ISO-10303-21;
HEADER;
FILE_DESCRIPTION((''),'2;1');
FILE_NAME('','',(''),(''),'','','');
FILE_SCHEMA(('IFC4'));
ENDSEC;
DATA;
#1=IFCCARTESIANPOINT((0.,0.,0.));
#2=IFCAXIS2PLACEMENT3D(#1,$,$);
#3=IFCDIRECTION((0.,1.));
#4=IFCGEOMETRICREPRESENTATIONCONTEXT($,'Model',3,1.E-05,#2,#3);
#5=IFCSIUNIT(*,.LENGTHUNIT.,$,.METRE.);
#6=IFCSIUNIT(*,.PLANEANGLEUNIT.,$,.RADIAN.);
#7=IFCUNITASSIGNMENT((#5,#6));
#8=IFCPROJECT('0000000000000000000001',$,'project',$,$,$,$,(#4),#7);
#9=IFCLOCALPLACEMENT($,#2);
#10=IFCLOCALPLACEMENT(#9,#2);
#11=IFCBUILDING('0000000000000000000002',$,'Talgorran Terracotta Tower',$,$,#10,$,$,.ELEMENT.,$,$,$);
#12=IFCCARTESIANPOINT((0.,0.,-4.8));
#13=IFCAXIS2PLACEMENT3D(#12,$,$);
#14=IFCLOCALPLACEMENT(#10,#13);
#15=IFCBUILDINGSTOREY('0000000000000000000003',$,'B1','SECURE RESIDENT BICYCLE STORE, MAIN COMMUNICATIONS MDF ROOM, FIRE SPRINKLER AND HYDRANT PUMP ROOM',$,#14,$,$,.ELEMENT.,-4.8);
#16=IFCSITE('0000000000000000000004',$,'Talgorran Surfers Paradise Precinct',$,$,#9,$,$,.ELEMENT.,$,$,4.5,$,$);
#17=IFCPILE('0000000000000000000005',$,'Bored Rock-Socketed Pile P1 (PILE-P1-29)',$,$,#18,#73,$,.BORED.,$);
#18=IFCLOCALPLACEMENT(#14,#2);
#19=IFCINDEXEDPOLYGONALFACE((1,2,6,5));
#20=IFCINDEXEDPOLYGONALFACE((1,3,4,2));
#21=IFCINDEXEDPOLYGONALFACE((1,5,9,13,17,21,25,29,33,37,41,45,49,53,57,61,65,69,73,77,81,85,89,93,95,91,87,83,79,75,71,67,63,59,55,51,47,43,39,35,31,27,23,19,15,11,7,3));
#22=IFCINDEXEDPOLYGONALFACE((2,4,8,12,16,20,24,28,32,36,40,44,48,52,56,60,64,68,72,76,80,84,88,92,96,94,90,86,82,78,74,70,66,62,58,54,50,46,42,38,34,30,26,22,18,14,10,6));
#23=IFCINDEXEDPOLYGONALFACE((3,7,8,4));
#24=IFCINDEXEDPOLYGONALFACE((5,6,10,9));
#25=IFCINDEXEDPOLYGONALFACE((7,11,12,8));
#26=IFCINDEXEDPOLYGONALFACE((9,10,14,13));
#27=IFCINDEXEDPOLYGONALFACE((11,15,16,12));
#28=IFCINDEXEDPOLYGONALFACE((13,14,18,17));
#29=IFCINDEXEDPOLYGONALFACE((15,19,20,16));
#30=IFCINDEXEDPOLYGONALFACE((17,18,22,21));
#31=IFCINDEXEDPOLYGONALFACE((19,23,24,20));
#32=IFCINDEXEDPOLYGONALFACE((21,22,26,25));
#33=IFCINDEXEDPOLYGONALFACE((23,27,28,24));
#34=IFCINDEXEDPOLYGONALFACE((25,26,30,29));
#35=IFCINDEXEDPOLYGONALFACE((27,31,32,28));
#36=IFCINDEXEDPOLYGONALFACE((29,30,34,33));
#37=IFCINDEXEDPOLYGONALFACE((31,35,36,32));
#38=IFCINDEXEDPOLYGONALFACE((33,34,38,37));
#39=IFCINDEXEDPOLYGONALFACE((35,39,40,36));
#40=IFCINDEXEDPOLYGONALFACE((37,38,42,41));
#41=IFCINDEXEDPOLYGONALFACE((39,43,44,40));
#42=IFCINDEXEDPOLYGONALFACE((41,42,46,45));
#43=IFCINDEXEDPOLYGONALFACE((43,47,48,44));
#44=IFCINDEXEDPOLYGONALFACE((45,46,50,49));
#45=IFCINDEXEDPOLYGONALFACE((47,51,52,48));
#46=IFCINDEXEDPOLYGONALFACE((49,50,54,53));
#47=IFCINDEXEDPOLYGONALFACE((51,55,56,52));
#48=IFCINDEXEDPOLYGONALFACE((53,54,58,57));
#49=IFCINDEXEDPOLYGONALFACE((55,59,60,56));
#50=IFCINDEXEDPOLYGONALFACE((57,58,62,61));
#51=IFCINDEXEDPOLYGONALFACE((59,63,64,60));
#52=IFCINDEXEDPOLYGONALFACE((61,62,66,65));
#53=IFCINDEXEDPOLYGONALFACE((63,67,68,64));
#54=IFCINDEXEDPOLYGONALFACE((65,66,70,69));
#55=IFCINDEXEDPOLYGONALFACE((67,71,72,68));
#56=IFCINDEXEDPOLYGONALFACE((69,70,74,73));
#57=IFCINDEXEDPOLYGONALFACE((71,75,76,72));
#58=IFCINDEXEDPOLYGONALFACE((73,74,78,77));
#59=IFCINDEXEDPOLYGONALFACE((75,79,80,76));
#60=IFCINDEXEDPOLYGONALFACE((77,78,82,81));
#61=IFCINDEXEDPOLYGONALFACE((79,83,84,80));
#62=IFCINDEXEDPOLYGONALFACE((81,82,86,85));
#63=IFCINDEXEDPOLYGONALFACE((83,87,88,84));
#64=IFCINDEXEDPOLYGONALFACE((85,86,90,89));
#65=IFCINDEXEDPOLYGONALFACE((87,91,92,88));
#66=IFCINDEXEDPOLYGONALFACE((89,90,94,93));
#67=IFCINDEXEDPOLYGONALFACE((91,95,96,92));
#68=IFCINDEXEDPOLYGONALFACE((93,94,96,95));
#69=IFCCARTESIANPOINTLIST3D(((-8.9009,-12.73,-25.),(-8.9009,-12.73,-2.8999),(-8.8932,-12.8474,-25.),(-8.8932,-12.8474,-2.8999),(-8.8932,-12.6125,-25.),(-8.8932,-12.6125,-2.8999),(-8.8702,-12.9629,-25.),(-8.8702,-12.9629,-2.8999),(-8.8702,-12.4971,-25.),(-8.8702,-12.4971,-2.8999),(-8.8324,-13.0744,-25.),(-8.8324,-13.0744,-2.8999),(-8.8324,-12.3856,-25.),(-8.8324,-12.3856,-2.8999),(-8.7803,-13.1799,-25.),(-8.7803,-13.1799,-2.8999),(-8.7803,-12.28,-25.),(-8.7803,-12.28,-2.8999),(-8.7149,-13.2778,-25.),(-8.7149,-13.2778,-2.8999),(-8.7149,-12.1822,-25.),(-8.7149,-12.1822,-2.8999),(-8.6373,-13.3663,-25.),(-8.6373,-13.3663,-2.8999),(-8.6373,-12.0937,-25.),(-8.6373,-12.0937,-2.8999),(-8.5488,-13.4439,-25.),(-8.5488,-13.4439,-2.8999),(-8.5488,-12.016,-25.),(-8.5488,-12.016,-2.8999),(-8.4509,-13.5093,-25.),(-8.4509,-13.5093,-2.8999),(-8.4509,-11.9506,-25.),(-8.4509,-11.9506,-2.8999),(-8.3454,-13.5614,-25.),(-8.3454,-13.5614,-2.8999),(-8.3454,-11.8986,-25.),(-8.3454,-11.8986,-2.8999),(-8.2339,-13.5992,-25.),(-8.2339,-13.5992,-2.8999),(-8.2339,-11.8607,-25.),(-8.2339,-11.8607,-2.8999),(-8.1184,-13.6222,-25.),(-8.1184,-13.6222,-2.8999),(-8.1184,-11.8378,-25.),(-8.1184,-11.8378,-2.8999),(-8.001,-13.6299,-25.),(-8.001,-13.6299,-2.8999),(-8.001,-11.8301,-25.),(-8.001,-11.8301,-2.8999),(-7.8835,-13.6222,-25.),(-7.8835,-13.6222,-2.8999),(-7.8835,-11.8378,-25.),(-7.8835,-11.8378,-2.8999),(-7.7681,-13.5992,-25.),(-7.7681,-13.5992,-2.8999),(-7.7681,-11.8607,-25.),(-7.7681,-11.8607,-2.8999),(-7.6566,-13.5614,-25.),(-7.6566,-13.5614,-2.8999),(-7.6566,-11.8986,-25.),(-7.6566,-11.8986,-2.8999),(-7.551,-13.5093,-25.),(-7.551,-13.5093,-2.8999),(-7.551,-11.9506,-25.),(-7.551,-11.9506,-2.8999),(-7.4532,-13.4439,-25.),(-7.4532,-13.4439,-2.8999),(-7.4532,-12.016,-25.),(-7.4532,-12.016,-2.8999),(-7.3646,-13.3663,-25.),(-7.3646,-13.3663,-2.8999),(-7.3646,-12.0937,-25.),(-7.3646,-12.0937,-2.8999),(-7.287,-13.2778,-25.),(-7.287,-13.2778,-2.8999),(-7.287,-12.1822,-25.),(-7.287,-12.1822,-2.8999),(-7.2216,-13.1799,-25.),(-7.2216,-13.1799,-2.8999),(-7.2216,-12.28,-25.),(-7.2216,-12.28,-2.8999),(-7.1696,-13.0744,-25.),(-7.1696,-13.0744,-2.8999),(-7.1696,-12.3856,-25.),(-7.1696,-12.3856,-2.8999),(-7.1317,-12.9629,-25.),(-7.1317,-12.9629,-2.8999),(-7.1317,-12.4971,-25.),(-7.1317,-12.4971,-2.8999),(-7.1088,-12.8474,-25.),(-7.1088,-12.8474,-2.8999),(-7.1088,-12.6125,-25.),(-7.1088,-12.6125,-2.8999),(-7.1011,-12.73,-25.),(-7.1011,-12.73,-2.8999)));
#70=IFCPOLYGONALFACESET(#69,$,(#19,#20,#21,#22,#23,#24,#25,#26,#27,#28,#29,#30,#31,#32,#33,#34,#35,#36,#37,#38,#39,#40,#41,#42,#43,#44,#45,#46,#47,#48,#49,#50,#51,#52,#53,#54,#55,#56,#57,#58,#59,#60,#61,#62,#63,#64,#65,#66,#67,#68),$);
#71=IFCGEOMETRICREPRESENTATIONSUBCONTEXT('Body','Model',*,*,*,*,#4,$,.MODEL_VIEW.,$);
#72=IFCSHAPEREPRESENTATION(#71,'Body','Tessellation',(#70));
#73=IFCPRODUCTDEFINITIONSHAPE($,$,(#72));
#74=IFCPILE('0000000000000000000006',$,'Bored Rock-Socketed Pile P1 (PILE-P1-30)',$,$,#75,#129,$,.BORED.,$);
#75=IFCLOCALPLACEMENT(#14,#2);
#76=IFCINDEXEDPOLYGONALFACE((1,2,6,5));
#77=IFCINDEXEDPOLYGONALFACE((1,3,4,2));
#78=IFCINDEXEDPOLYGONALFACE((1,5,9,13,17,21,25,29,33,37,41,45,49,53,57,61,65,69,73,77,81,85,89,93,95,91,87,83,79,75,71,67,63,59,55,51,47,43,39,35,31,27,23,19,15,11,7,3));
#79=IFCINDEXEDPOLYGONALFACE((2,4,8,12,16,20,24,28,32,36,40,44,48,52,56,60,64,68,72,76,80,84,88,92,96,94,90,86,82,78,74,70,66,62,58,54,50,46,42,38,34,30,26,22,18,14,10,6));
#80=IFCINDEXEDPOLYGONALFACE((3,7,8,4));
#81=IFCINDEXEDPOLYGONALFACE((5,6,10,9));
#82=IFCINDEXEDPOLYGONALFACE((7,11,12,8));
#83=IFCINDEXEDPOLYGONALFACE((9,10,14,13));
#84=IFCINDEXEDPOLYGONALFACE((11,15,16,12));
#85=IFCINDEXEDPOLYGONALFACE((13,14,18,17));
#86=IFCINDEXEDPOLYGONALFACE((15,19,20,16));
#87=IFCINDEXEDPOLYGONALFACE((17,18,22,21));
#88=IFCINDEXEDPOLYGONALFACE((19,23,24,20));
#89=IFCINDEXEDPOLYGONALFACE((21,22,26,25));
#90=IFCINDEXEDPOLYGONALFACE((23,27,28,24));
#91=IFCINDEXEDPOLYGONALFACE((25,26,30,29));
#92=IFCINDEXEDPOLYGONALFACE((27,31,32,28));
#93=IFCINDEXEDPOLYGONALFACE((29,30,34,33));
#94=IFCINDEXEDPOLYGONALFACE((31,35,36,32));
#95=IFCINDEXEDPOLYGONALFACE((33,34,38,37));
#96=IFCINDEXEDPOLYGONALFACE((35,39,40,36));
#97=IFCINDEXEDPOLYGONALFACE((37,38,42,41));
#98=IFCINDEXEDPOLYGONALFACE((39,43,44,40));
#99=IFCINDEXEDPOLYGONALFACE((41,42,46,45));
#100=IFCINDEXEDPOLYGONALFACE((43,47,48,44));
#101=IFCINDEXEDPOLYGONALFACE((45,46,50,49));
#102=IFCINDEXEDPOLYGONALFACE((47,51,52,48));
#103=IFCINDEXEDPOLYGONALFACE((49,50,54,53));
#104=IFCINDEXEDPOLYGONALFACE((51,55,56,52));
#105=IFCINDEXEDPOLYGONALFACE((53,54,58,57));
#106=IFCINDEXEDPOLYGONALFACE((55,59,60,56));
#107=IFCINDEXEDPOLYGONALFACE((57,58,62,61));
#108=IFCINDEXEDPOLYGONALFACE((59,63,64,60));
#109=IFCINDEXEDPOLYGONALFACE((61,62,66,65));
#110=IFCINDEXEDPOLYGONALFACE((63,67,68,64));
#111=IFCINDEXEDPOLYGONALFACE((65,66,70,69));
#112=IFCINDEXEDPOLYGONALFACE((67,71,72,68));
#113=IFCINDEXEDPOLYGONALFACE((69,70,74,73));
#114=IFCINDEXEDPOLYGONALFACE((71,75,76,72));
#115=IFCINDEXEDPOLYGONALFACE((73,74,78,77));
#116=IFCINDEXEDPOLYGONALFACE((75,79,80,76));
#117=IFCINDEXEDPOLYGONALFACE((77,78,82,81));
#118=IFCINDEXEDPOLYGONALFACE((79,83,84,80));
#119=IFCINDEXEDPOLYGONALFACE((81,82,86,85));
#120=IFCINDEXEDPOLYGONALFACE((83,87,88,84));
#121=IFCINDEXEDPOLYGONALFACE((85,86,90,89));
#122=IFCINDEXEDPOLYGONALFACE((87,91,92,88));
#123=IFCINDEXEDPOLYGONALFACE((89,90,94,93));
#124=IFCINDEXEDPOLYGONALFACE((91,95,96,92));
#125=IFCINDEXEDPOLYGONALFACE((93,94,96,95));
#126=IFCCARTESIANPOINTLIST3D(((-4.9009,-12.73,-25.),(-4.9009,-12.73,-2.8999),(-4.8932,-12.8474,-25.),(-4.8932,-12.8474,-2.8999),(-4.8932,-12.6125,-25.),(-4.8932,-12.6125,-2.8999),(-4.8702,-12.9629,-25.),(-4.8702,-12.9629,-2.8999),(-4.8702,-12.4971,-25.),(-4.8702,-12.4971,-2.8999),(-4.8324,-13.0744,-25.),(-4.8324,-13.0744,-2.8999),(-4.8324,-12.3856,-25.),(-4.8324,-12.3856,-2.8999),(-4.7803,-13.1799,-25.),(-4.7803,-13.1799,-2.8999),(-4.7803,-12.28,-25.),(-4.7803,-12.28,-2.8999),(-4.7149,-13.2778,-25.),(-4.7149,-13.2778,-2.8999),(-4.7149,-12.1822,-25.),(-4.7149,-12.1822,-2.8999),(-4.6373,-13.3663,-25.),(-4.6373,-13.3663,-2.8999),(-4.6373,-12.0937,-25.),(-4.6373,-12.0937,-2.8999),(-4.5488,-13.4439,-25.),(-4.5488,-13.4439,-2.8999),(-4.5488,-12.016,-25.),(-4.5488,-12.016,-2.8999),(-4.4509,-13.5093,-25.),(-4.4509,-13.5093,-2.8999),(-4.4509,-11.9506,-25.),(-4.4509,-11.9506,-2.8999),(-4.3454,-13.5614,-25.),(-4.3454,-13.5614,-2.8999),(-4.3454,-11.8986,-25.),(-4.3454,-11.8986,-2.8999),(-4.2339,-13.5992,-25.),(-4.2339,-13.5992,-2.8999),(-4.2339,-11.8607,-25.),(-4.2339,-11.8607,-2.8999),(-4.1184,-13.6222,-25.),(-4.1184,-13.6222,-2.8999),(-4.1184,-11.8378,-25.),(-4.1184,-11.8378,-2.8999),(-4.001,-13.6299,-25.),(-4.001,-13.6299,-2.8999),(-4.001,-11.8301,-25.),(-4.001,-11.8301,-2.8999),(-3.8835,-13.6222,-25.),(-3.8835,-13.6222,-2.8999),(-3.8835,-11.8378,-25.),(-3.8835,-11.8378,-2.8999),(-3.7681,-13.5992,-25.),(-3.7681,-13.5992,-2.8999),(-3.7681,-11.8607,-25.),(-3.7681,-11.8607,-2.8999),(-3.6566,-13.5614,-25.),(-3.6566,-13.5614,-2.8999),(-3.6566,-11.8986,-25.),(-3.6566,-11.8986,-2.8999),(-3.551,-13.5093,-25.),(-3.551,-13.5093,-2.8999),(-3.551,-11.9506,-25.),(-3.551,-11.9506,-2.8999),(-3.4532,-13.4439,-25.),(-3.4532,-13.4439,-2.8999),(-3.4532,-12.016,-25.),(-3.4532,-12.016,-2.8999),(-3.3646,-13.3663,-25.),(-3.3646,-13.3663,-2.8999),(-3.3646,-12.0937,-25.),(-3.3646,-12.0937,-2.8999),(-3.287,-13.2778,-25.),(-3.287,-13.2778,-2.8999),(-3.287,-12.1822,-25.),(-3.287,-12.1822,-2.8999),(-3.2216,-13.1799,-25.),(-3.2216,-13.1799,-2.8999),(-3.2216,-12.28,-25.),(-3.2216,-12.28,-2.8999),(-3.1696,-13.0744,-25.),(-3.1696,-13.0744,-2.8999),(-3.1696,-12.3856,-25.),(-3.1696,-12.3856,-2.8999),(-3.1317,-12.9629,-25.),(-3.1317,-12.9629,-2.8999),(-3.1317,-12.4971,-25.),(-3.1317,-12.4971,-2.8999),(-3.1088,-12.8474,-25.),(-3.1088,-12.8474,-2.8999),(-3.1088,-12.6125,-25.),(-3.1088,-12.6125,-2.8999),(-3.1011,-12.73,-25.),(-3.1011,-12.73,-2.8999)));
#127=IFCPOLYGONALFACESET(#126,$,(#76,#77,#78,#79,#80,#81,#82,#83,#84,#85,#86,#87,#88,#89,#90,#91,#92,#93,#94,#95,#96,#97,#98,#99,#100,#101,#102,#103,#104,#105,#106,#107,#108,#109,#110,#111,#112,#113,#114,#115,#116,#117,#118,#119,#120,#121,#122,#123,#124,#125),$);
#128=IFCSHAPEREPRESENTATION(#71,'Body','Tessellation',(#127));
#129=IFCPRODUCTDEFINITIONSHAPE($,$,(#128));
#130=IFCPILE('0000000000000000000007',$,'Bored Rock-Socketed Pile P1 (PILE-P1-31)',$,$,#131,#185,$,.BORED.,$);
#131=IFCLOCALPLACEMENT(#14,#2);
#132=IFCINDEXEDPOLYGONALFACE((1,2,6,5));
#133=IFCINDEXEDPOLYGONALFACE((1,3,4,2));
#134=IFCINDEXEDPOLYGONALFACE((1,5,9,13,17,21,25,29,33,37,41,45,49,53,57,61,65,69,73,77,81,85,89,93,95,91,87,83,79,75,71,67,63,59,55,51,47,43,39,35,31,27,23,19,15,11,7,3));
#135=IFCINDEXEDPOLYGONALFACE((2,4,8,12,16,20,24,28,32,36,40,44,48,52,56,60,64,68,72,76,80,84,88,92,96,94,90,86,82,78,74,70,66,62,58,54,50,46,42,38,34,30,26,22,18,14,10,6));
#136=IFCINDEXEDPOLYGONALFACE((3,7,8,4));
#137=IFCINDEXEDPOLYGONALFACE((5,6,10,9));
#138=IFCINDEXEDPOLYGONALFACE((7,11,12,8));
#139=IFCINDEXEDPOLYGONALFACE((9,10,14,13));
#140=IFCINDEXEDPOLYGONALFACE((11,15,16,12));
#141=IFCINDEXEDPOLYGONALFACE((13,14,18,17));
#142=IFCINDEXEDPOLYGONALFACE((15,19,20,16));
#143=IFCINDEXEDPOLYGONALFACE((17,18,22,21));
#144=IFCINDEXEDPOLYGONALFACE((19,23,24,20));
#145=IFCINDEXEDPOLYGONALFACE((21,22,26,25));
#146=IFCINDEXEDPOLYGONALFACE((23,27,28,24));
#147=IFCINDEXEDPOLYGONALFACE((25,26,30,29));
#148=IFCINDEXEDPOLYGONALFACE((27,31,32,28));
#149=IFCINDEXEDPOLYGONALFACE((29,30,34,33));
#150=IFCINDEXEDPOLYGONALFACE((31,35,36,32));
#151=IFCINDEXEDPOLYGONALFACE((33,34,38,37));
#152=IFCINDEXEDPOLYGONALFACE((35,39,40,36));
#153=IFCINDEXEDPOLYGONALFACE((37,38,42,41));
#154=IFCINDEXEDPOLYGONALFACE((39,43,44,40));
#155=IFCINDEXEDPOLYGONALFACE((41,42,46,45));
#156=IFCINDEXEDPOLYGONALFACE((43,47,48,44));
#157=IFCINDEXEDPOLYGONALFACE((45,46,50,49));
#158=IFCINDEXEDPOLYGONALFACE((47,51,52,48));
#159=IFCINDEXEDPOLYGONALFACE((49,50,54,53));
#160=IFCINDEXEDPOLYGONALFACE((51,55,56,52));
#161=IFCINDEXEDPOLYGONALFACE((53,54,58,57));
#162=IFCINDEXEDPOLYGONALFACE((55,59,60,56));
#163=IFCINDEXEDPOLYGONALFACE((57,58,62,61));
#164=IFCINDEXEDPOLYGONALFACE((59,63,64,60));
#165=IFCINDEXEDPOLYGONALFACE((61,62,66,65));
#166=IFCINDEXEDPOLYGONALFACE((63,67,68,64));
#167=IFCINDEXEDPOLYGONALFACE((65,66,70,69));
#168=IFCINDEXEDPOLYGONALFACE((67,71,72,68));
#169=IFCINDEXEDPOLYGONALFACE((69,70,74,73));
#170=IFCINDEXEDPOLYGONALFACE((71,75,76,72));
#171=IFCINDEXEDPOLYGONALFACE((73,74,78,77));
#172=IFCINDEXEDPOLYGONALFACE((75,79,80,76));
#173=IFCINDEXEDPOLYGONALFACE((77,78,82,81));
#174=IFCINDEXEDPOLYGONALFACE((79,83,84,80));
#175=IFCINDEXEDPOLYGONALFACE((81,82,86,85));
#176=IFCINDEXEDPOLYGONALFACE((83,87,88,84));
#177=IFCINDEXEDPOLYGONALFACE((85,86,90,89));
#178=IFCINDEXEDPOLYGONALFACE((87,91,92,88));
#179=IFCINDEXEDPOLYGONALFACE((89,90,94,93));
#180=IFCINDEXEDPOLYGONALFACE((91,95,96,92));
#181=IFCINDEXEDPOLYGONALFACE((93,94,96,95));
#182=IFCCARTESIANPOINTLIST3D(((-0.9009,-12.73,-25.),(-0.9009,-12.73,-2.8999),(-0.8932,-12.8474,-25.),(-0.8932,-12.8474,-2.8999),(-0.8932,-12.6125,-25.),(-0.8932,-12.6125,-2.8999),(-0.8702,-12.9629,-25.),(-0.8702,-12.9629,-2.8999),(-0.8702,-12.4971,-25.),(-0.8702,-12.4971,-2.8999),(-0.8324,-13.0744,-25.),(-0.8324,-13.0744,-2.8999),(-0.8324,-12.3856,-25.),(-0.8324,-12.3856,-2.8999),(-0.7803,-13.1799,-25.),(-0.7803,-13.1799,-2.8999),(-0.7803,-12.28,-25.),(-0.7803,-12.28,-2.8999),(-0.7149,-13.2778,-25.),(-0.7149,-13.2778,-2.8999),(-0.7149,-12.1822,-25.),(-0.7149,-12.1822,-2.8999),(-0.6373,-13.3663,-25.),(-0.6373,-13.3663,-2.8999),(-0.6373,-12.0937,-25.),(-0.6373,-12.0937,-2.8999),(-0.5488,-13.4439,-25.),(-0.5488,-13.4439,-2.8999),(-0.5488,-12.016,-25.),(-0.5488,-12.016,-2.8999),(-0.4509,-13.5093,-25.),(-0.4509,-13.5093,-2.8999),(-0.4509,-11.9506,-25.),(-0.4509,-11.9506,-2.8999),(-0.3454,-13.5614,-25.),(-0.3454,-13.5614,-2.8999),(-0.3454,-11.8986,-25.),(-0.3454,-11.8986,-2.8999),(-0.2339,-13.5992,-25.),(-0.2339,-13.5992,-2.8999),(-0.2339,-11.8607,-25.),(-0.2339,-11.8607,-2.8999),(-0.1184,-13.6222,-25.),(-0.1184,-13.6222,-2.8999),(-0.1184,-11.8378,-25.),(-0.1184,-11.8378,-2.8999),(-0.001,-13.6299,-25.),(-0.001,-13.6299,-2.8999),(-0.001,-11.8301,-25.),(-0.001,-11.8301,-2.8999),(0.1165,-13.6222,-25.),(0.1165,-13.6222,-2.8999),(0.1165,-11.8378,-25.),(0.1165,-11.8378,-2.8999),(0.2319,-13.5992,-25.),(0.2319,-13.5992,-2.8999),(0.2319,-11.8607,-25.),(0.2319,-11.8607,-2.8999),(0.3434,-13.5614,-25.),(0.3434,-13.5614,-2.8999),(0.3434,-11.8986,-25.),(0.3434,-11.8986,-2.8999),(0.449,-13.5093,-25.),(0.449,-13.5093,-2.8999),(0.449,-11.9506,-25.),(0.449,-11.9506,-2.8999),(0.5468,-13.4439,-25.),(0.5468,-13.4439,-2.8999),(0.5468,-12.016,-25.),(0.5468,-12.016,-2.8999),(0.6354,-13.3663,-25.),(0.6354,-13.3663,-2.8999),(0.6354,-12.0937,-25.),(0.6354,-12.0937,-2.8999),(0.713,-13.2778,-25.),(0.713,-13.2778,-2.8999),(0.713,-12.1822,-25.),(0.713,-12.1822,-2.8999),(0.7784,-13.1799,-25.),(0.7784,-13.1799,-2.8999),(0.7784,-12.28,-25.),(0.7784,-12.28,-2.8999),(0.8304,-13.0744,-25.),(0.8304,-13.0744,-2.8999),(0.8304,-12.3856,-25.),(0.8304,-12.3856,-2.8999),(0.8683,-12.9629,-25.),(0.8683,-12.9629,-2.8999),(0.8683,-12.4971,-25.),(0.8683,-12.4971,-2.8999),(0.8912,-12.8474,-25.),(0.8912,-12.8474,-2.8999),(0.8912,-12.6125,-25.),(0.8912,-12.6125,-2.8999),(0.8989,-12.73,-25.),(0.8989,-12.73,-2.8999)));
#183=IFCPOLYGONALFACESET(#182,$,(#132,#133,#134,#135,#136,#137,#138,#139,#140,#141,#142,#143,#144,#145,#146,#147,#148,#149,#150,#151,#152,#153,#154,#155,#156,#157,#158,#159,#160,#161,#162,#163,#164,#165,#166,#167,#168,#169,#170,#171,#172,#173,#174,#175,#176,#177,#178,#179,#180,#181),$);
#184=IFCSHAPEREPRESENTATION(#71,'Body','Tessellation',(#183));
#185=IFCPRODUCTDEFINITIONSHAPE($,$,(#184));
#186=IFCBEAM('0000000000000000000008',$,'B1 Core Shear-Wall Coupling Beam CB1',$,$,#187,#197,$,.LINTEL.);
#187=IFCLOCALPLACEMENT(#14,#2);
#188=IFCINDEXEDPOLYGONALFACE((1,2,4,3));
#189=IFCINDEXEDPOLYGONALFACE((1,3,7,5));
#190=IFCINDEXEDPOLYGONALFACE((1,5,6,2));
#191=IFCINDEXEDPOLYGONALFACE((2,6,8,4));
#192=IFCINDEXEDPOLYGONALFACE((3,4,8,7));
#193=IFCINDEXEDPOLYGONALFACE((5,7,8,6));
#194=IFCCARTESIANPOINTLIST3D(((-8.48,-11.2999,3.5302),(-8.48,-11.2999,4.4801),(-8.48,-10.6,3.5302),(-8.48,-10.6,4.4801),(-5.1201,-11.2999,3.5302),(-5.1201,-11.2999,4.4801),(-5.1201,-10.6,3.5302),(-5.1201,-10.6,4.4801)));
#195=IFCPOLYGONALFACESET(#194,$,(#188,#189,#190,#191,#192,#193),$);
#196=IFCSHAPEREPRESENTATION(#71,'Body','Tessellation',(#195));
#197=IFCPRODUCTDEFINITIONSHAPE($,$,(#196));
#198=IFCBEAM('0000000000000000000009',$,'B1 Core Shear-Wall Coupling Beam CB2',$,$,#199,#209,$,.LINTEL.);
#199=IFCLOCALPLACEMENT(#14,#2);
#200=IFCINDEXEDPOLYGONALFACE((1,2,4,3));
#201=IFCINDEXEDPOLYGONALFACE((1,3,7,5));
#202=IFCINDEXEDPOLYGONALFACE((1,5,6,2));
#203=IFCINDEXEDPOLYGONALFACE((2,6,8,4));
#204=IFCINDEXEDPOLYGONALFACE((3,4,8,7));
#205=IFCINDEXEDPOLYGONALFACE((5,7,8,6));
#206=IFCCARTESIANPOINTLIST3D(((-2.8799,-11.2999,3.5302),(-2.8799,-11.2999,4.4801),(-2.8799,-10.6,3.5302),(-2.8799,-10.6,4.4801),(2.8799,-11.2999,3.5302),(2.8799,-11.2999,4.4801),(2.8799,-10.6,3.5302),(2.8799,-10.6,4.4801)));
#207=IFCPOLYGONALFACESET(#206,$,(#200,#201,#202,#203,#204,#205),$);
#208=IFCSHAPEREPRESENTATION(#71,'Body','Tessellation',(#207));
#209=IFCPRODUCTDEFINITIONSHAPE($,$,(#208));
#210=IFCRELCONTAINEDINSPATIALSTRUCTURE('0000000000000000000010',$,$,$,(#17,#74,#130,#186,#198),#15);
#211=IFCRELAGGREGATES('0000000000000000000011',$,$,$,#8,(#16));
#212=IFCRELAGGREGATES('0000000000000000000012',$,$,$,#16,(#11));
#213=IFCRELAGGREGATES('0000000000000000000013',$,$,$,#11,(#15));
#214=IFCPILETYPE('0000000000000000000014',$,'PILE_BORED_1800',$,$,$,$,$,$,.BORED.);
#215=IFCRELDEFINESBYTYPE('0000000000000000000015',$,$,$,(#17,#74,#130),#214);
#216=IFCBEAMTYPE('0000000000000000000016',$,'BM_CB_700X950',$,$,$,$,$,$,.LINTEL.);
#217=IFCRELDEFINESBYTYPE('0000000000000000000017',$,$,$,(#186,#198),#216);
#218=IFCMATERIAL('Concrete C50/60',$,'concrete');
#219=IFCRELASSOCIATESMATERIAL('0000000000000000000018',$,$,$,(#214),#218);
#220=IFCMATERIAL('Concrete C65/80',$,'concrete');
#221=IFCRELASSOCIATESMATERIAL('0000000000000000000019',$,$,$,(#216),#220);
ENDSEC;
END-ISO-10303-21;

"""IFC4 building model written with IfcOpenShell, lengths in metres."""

from ifc_helpers import new_model, si_unit, direction, frame, origin, origin_2d, place, context, subcontext, project, spatial, rectangle, circle, extrude, material, material_profile, profile_set, type_object, element, save


model = new_model("IFC4")

# Units and contexts
model_context = context("Model", 3, precision=1e-05, world=origin(), true_north=direction((0.0, 1.0)))
body_context = subcontext(model_context, "Body", "Model", "MODEL_VIEW")
ifc_project = project(units=[si_unit("LENGTHUNIT", "METRE"), si_unit("PLANEANGLEUNIT", "RADIAN")], contexts=[model_context])

# Site, building, storey
site_placement = place(None, origin())
site = spatial("IfcSite", under=ifc_project, at=site_placement, Name="Talgorran Surfers Paradise Precinct", CompositionType="ELEMENT", RefElevation=4.5)
building_placement = place(site_placement, origin())
building = spatial("IfcBuilding", under=site, at=building_placement, Name="Talgorran Terracotta Tower", CompositionType="ELEMENT")
storey_placement = place(building_placement, frame((0.0, 0.0, -4.8)))
storey = spatial("IfcBuildingStorey", under=building, at=storey_placement, Name="B1", Description="SECURE RESIDENT BICYCLE STORE, MAIN COMMUNICATIONS MDF ROOM, FIRE SPRINKLER AND HYDRANT PUMP ROOM", CompositionType="ELEMENT", Elevation=-4.8)

# Piles
ifc_material_1 = material(Name="Concrete C50/60", Category="concrete")
ifc_material_profile_1 = material_profile(ifc_material_1, circle(Radius=0.8999, at=origin_2d()), Name="PILE1800")
ifc_profile_set_1 = profile_set([ifc_material_profile_1], Name="Concrete C50/60")
pile_type = type_object("IfcPileType", Name="PILE_BORED_1800", PredefinedType="BORED", material=ifc_profile_set_1)
for number, where, z_axis, x_axis, name in (
    (1, (-8.001, -12.73, -2.8999), (0.0, 0.0, -1.0), (1.0, 0.0, 0.0), "Bored Rock-Socketed Pile P1 (PILE-P1-29)"),
    (2, (-4.001, -12.73, -2.8999), (0.0, 0.0, -1.0), (1.0, 0.0, 0.0), "Bored Rock-Socketed Pile P1 (PILE-P1-30)"),
    (3, (-0.001, -12.73, -2.8999), (0.0, 0.0, -1.0), (1.0, 0.0, 0.0), "Bored Rock-Socketed Pile P1 (PILE-P1-31)"),
):
    element("IfcPile", number, at=place(storey_placement, frame(where, z_axis=z_axis, x_axis=x_axis)), inside=storey, type_object=pile_type, Name=name, PredefinedType="BORED", context=body_context, shape_type="SweptSolid", body=[
        extrude(circle(Radius=0.8999, at=origin_2d()), origin(), (0.0, 0.0, 1.0), 22.1001),
    ])

# Beams
ifc_material_2 = material(Name="Concrete C65/80", Category="concrete")
ifc_material_profile_2 = material_profile(ifc_material_2, rectangle(XDim=0.7, YDim=0.95, at=origin_2d()), Name="RCCB700X950")
ifc_profile_set_2 = profile_set([ifc_material_profile_2], Name="Concrete C65/80")
beam_type = type_object("IfcBeamType", Name="BM_CB_700X950", PredefinedType="LINTEL", material=ifc_profile_set_2)
beam_1_placement = place(storey_placement, frame((-8.48, -10.95, 4.0051), z_axis=(1.0, 0.0, 0.0), x_axis=(0.0, 1.0, 0.0)))
element("IfcBeam", 4, at=beam_1_placement, inside=storey, type_object=beam_type, Name="B1 Core Shear-Wall Coupling Beam CB1", PredefinedType="LINTEL", context=body_context, shape_type="SweptSolid", body=[
    extrude(rectangle(XDim=0.7, YDim=0.95, at=origin_2d()), origin(), (0.0, 0.0, 1.0), 3.3599),
])
beam_2_placement = place(storey_placement, frame((-2.8799, -10.95, 4.0051), z_axis=(1.0, 0.0, 0.0), x_axis=(0.0, 1.0, 0.0)))
element("IfcBeam", 5, at=beam_2_placement, inside=storey, type_object=beam_type, Name="B1 Core Shear-Wall Coupling Beam CB2", PredefinedType="LINTEL", context=body_context, shape_type="SweptSolid", body=[
    extrude(rectangle(XDim=0.7, YDim=0.95, at=origin_2d()), origin(), (0.0, 0.0, 1.0), 5.7598),
])

save(model, "model.ifc")
